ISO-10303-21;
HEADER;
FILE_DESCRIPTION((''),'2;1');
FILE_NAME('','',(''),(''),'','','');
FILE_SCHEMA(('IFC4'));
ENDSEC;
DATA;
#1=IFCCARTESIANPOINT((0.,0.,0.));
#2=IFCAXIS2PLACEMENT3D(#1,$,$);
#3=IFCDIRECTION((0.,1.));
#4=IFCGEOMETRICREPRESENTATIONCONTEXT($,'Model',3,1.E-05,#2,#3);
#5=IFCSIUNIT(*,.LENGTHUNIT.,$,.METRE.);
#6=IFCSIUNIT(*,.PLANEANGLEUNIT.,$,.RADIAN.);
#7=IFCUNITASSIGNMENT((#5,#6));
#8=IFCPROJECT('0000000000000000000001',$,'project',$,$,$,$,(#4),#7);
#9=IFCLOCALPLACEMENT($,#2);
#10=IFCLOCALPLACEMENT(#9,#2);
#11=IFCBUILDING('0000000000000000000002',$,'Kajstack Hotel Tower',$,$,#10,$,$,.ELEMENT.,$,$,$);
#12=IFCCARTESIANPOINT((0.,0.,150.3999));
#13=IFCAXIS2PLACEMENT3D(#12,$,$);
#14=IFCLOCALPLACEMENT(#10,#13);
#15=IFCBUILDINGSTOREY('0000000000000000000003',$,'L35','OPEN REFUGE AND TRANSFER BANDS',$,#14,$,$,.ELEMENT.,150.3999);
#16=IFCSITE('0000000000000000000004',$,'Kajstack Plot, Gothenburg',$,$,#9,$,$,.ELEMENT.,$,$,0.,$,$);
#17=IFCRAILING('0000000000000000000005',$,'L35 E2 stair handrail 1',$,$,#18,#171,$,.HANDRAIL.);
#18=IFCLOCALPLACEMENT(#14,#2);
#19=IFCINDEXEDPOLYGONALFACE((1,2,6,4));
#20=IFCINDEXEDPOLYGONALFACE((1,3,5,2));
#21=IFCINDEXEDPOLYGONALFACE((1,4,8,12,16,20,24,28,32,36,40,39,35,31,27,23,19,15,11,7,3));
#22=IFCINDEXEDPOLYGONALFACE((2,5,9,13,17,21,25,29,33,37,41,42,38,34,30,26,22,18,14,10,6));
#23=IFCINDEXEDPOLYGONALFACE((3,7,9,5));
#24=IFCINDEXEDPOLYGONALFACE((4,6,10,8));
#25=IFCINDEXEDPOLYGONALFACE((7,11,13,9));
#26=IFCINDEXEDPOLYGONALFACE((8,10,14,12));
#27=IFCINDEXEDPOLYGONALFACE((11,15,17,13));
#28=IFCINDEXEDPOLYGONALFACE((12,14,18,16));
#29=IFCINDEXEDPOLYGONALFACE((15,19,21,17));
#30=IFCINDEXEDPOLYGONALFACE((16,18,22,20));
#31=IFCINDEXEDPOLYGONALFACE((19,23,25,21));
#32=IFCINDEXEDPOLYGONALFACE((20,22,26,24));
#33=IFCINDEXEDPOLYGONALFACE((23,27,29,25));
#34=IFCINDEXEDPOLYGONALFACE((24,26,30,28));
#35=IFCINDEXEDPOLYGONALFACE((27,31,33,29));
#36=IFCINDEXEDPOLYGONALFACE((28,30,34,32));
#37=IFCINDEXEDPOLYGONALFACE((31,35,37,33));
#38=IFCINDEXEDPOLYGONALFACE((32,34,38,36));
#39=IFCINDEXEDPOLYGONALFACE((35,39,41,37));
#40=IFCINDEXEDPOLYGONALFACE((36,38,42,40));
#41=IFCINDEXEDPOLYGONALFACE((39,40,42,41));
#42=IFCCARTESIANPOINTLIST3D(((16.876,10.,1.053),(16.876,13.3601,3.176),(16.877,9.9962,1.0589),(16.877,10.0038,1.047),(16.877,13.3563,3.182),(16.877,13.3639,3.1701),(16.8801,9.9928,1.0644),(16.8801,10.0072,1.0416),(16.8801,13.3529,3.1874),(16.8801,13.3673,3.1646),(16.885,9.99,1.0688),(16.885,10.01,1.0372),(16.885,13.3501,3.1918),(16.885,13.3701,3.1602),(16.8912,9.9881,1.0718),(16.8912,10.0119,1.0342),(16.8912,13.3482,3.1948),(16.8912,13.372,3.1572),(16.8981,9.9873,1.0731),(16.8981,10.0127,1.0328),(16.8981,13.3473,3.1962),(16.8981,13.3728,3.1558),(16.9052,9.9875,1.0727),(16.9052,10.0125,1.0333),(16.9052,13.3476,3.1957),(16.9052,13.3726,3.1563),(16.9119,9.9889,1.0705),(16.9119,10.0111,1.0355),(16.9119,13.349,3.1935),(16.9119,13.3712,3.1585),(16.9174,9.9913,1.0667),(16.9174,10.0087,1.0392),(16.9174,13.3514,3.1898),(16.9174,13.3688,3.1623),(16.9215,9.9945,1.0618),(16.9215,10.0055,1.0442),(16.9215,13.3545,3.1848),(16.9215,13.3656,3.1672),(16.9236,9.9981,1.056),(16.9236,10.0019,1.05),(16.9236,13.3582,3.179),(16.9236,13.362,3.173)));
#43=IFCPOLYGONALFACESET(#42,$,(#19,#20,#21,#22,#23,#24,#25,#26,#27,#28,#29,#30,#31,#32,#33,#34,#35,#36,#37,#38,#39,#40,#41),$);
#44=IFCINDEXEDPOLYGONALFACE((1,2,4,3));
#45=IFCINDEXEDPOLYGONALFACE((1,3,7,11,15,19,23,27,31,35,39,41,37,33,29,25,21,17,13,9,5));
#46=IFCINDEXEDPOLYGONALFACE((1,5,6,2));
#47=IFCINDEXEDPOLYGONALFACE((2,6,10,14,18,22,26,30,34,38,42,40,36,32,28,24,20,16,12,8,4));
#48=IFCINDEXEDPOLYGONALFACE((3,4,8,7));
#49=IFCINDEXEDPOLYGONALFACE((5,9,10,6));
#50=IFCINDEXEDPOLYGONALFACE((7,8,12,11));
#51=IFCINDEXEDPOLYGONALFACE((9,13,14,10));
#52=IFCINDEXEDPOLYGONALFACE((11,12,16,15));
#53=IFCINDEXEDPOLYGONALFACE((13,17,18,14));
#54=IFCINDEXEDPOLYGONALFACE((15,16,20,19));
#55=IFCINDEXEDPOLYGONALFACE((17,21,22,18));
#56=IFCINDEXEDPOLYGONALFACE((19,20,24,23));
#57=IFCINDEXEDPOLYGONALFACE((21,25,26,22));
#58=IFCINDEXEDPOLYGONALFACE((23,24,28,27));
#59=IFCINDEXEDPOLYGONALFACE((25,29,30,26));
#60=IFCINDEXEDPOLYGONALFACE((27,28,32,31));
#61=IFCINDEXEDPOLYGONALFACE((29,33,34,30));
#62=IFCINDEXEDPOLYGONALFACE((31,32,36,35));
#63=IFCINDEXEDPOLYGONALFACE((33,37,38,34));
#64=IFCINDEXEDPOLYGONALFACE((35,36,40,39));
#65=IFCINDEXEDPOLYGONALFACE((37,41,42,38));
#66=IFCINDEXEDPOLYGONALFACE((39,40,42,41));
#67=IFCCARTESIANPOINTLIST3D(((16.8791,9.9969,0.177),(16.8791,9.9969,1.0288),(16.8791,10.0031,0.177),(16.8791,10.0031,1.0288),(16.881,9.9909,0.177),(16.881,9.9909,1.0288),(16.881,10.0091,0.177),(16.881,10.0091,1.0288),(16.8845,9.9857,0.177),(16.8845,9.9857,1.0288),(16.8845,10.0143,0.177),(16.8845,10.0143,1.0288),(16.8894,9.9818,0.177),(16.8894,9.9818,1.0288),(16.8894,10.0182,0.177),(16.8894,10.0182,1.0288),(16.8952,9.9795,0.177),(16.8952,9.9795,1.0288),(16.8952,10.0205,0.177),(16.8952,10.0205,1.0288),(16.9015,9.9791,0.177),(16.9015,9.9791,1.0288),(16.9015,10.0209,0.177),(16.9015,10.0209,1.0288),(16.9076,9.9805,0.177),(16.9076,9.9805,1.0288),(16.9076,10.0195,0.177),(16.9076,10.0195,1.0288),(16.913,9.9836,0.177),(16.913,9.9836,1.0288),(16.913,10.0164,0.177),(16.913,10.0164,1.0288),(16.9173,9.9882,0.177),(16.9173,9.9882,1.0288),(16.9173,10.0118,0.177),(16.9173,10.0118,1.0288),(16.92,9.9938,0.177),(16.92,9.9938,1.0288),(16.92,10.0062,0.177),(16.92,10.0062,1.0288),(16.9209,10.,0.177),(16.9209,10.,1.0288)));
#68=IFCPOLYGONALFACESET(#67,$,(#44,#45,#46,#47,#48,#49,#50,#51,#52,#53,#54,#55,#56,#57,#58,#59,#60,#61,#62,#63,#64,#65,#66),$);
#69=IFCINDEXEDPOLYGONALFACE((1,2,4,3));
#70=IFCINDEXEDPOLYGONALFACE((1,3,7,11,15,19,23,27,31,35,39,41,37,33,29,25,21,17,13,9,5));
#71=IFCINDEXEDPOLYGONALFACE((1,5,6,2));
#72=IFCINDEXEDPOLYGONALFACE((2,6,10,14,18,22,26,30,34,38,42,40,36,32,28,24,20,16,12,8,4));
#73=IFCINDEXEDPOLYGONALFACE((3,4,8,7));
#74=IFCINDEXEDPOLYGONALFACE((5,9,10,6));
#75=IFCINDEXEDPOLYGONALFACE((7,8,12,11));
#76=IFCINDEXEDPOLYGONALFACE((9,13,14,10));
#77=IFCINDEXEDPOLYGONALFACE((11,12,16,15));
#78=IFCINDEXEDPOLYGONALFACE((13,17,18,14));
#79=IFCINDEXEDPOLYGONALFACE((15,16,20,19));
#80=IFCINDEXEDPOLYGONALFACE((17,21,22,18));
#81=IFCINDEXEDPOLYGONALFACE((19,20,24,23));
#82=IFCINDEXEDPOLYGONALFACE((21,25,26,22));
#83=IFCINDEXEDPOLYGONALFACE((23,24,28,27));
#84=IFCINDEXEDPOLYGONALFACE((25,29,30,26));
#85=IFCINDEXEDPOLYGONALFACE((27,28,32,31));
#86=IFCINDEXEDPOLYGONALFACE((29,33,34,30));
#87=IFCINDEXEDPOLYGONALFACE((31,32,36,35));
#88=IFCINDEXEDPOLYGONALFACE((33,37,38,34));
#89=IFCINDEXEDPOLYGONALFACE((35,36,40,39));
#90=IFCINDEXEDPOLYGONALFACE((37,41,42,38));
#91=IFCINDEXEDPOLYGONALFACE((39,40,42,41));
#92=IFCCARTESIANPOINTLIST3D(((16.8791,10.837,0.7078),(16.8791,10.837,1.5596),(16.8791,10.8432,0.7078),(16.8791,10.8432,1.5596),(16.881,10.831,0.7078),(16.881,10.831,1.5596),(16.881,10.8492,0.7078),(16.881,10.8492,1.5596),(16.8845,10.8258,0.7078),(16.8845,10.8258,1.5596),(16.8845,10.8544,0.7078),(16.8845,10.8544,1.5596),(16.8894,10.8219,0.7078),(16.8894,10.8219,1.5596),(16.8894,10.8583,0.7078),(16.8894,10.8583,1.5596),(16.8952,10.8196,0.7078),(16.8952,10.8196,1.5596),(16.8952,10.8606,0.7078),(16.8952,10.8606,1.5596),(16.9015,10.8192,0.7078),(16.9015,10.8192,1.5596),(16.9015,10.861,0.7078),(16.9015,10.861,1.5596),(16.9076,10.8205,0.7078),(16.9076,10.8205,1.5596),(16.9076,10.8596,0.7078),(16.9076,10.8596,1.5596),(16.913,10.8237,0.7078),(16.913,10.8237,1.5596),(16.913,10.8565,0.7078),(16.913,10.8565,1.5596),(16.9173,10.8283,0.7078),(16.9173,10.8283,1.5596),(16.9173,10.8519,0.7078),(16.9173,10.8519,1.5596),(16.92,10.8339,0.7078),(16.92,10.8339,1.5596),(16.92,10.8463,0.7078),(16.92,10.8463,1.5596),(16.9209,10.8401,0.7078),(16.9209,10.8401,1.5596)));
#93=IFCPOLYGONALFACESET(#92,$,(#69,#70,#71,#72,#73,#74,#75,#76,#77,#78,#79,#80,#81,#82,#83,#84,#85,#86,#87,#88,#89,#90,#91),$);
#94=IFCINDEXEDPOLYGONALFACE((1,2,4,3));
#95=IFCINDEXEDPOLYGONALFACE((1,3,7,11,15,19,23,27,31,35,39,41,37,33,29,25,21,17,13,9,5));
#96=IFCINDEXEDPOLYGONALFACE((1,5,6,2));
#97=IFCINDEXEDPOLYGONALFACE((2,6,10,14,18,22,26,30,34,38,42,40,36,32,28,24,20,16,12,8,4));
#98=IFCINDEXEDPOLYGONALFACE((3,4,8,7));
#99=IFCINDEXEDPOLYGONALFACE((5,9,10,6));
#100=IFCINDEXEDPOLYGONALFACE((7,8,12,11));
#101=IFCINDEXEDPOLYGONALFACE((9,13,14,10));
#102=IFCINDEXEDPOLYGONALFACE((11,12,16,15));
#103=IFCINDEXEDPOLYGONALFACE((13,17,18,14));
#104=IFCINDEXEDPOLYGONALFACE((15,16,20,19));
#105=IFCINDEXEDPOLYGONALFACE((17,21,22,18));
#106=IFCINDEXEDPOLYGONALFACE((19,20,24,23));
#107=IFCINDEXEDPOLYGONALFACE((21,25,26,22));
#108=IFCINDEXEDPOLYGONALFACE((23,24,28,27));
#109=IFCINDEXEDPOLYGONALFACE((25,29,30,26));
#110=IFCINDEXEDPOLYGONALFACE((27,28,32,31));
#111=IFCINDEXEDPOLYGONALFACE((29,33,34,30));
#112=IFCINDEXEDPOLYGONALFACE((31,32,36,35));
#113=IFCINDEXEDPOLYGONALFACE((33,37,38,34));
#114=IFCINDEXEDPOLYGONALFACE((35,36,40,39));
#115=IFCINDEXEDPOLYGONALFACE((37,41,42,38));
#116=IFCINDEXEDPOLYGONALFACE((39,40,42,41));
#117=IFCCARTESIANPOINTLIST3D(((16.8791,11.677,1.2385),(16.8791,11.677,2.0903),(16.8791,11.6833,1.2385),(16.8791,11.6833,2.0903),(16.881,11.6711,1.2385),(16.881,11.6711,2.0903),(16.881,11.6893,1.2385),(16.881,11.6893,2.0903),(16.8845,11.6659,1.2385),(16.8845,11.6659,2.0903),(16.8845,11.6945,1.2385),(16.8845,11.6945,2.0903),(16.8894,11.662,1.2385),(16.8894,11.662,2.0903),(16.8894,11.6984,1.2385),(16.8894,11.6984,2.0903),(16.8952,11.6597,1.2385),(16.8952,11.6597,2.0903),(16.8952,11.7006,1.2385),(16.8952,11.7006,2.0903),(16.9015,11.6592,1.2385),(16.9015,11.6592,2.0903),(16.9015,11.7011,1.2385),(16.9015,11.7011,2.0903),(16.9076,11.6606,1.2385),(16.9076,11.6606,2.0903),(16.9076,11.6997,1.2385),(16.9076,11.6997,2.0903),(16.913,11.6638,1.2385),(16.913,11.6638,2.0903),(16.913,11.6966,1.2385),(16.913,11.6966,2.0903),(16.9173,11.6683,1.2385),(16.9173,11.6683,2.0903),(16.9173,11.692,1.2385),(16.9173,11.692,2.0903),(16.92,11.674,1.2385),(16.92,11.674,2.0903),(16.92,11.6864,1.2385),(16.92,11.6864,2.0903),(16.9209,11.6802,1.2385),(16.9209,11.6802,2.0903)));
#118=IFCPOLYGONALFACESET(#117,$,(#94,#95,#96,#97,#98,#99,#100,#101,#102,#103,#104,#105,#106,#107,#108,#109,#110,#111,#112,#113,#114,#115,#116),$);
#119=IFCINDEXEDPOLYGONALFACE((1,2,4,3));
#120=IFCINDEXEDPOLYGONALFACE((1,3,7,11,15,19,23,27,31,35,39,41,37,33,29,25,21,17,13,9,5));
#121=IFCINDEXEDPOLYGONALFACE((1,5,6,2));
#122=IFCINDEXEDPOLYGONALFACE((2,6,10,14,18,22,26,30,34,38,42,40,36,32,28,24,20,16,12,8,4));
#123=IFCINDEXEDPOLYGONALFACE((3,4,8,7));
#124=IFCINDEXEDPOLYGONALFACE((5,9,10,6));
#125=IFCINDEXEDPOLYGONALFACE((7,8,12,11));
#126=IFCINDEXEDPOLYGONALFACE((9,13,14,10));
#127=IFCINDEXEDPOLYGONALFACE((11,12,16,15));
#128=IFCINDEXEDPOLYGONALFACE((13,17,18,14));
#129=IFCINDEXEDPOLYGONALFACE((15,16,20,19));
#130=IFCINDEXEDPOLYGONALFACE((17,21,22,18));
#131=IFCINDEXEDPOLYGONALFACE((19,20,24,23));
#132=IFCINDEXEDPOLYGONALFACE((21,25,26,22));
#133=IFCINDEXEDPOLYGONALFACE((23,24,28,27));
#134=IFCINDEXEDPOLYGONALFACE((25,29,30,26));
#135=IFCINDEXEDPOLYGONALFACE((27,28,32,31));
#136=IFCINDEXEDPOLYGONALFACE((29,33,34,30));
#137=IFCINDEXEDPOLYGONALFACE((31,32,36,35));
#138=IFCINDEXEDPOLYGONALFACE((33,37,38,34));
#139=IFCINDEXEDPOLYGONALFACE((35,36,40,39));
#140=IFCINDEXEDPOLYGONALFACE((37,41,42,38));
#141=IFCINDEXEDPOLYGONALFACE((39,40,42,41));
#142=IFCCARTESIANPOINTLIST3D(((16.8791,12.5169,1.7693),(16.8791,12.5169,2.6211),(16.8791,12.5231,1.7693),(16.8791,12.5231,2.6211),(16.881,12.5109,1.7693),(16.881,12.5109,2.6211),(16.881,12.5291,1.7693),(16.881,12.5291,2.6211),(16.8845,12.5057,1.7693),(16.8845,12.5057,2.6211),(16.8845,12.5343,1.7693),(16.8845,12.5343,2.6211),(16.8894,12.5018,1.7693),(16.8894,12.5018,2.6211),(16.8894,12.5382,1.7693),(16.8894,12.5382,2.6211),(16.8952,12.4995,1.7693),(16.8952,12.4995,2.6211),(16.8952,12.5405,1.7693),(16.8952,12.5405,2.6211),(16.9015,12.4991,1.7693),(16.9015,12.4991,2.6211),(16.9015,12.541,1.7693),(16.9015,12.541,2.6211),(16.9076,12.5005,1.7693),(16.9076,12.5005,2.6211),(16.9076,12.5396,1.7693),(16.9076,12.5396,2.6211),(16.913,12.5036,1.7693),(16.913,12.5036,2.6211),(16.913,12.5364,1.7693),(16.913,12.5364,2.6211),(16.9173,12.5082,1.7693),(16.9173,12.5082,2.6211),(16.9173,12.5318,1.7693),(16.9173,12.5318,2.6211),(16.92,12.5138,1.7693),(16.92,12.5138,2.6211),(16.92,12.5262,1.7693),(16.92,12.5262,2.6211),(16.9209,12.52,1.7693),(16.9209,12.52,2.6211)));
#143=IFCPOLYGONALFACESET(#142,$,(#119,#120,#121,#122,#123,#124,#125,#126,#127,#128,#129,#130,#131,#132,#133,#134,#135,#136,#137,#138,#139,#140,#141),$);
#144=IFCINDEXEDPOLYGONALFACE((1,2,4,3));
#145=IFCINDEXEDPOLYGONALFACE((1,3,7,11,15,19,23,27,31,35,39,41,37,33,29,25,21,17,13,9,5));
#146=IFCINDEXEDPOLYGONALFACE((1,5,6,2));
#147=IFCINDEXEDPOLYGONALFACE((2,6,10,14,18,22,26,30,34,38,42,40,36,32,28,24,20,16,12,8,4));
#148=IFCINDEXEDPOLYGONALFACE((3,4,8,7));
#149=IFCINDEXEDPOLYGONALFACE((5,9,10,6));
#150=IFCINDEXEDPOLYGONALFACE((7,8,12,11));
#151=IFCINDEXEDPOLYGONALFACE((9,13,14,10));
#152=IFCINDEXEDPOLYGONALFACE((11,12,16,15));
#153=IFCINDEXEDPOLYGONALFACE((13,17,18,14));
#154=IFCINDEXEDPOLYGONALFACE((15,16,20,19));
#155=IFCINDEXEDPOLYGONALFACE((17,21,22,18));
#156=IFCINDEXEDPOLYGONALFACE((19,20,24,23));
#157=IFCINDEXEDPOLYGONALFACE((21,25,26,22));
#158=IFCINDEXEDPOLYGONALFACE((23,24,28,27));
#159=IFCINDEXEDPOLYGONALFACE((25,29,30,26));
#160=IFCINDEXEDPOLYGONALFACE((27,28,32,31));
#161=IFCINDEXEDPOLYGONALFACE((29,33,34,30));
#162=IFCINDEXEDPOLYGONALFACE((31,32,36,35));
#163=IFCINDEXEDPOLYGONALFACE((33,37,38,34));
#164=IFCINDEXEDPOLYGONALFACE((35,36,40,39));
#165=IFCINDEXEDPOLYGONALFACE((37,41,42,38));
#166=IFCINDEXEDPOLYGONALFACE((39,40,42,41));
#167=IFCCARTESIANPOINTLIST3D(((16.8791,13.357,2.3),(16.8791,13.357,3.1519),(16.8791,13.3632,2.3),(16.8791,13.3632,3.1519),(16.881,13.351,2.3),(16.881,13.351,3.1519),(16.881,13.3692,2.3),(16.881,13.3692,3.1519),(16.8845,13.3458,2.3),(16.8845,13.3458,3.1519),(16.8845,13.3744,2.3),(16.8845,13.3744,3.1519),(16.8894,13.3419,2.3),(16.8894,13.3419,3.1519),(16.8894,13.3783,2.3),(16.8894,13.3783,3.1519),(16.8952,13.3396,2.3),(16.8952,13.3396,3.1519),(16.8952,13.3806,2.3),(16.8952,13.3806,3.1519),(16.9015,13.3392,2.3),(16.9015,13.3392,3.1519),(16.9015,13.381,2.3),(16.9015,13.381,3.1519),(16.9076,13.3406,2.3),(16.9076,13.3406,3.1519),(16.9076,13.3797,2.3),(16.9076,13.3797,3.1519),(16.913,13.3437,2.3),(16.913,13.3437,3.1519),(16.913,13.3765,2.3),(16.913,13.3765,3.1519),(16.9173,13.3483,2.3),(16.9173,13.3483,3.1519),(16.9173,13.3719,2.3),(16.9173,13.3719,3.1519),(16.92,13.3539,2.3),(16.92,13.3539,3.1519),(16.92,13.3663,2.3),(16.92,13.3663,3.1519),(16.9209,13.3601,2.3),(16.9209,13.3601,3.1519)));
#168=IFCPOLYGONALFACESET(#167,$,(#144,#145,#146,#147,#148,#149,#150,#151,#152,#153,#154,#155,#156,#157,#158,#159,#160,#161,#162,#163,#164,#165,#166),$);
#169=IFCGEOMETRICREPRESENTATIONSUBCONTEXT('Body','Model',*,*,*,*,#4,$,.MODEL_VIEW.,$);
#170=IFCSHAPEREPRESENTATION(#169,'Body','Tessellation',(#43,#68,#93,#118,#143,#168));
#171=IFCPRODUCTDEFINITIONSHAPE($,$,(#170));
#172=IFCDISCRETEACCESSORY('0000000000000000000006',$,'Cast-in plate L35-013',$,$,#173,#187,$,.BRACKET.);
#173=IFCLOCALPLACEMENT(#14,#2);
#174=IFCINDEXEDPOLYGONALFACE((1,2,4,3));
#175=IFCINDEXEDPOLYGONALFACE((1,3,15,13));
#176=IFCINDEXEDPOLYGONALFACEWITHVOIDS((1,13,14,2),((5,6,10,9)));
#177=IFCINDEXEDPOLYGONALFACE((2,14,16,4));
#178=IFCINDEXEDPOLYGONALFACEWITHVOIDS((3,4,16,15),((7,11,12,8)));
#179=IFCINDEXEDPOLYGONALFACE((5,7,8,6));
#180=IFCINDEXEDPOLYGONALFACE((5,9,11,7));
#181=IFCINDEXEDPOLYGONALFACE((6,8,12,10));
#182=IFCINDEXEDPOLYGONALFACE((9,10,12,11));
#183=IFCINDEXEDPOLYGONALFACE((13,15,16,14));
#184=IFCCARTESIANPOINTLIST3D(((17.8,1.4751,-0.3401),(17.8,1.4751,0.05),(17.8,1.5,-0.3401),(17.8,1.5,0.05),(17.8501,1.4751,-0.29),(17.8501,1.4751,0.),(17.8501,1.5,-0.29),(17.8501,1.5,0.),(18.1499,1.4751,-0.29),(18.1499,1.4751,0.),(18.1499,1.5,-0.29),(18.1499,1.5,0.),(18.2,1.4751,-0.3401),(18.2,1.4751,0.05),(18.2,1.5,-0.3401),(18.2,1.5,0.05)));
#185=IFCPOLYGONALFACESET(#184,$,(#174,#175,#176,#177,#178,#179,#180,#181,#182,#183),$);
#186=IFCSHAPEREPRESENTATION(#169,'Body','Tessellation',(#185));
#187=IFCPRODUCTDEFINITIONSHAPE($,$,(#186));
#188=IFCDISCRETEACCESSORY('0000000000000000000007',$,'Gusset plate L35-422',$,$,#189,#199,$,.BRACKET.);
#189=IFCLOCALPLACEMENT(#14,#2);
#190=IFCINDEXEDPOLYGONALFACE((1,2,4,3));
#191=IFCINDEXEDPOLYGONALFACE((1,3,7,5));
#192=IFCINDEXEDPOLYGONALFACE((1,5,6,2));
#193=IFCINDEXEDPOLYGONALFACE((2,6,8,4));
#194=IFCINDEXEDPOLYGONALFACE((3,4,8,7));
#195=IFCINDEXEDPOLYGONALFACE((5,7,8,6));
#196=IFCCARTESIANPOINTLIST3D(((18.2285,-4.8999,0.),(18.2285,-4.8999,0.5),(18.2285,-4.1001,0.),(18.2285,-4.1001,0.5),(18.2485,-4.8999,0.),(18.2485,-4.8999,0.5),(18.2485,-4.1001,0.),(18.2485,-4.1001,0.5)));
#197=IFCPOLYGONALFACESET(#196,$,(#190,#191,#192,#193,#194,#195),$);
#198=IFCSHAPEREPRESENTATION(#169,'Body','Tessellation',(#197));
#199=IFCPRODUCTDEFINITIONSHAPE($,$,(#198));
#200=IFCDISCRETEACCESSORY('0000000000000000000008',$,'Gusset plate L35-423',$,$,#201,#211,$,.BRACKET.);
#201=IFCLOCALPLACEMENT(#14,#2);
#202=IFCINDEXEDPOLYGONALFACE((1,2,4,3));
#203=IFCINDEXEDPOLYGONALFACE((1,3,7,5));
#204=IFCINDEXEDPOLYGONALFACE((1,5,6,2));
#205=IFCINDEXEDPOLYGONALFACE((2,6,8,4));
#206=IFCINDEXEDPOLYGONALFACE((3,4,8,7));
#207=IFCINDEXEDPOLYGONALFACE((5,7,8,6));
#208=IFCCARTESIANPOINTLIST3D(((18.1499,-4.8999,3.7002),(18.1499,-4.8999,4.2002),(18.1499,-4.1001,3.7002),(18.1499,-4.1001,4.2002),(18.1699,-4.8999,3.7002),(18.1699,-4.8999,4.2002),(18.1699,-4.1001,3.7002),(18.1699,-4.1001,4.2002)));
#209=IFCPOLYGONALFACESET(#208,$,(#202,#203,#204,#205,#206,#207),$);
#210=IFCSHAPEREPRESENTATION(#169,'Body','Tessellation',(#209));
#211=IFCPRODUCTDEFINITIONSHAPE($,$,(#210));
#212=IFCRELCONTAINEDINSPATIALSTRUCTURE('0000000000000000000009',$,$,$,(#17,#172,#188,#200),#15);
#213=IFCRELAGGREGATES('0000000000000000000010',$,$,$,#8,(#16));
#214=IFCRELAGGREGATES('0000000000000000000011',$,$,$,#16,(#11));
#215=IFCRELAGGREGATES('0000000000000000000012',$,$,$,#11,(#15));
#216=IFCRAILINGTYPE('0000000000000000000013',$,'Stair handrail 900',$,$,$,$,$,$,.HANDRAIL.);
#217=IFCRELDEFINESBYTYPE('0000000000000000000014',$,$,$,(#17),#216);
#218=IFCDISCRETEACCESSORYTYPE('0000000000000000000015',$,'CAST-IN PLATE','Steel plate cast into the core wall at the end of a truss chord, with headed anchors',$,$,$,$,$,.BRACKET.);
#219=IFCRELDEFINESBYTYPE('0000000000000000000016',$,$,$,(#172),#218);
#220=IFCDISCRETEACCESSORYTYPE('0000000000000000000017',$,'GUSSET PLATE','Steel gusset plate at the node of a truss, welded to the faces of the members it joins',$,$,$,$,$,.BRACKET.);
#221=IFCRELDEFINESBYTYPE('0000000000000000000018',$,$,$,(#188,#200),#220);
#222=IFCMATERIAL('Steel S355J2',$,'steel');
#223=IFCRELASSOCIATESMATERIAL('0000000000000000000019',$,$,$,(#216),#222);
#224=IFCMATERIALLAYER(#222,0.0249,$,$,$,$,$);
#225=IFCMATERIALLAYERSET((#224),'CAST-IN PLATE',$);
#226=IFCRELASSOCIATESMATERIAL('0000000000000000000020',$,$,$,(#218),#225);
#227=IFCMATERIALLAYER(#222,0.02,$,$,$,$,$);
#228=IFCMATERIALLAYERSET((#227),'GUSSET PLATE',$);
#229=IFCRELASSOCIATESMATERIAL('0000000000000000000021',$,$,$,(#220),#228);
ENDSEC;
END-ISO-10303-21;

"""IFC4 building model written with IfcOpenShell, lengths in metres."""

from ifc_helpers import new_model, si_unit, direction, frame, origin, origin_2d, place, context, subcontext, project, spatial, polyline, circle, outline, extrude, material, layer, layer_set, type_object, element, save


model = new_model("IFC4")

# Units and contexts
model_context = context("Model", 3, precision=1e-05, world=origin(), true_north=direction((0.0, 1.0)))
body_context = subcontext(model_context, "Body", "Model", "MODEL_VIEW")
ifc_project = project(units=[si_unit("LENGTHUNIT", "METRE"), si_unit("PLANEANGLEUNIT", "RADIAN")], contexts=[model_context])

# Site, building, storey
site_placement = place(None, origin())
site = spatial("IfcSite", under=ifc_project, at=site_placement, Name="Kajstack Plot, Gothenburg", CompositionType="ELEMENT", RefElevation=0.0)
building_placement = place(site_placement, origin())
building = spatial("IfcBuilding", under=site, at=building_placement, Name="Kajstack Hotel Tower", CompositionType="ELEMENT")
storey_placement = place(building_placement, frame((0.0, 0.0, 150.3999)))
storey = spatial("IfcBuildingStorey", under=building, at=storey_placement, Name="L35", Description="OPEN REFUGE AND TRANSFER BANDS", CompositionType="ELEMENT", Elevation=150.3999)

# Shared definitions
ifc_material_1 = material(Name="Steel S355J2", Category="steel")

# Railing
railing_type_1 = type_object("IfcRailingType", Name="Stair handrail 900", PredefinedType="HANDRAIL", material=ifc_material_1)
railing_1_placement = place(storey_placement, frame((16.8999, 10.0, 0.177)))
element("IfcRailing", 1, at=railing_1_placement, inside=storey, type_object=railing_type_1, Name="L35 E2 stair handrail 1", PredefinedType="HANDRAIL", context=body_context, shape_type="SweptSolid", body=[
    extrude(circle(Radius=0.0239, at=origin_2d()), frame((0.0, 0.0, 0.876), z_axis=(0.0, 0.84539, 0.53415), x_axis=(-1.0, 0.0, 0.0)), (0.0, 0.0, 1.0), 3.9746),
    extrude(circle(Radius=0.021, at=origin_2d()), origin(), (0.0, 0.0, 1.0), 0.8518),
    extrude(circle(Radius=0.021, at=origin_2d()), frame((0.0, 0.8401, 0.5308)), (0.0, 0.0, 1.0), 0.8518),
    extrude(circle(Radius=0.021, at=origin_2d()), frame((0.0, 1.6802, 1.0615)), (0.0, 0.0, 1.0), 0.8518),
    extrude(circle(Radius=0.021, at=origin_2d()), frame((0.0, 2.52, 1.5923)), (0.0, 0.0, 1.0), 0.8518),
    extrude(circle(Radius=0.021, at=origin_2d()), frame((0.0, 3.3601, 2.123)), (0.0, 0.0, 1.0), 0.8518),
])

# Discrete accessories
ifc_layer_1 = layer(ifc_material_1, 0.0249)
ifc_layer_set_1 = layer_set([ifc_layer_1], Name="CAST-IN PLATE")
discrete_accessory_type_1 = type_object("IfcDiscreteAccessoryType", Name="CAST-IN PLATE", Description="Steel plate cast into the core wall at the end of a truss chord, with headed anchors", PredefinedType="BRACKET", material=ifc_layer_set_1)
discrete_accessory_1_placement = place(storey_placement, frame((18.0, 1.4751, -0.145), z_axis=(0.0, 1.0, 0.0), x_axis=(-1.0, 0.0, 0.0)))
element("IfcDiscreteAccessory", 2, at=discrete_accessory_1_placement, inside=storey, type_object=discrete_accessory_type_1, Name="Cast-in plate L35-013", PredefinedType="BRACKET", context=body_context, shape_type="SweptSolid", body=[
    extrude(outline(polyline([(-0.2, -0.1951), (0.2, -0.1951), (0.2, 0.1951), (-0.2, 0.1951), (-0.2, -0.1951)]), holes=[polyline([(-0.1499, -0.145), (-0.1499, 0.145), (0.1499, 0.145), (0.1499, -0.145), (-0.1499, -0.145)])]), origin(), (0.0, 0.0, 1.0), 0.0249),
])
ifc_layer_2 = layer(ifc_material_1, 0.02)
ifc_layer_set_2 = layer_set([ifc_layer_2], Name="GUSSET PLATE")
discrete_accessory_type_2 = type_object("IfcDiscreteAccessoryType", Name="GUSSET PLATE", Description="Steel gusset plate at the node of a truss, welded to the faces of the members it joins", PredefinedType="BRACKET", material=ifc_layer_set_2)
for number, where, z_axis, x_axis, name in (
    (3, (18.2285, -4.5, 0.0), (1.0, 0.0, 0.0), (0.0, 1.0, 0.0), "Gusset plate L35-422"),
    (4, (18.1499, -4.5, 3.7002), (1.0, 0.0, 0.0), (0.0, 1.0, 0.0), "Gusset plate L35-423"),
):
    element("IfcDiscreteAccessory", number, at=place(storey_placement, frame(where, z_axis=z_axis, x_axis=x_axis)), inside=storey, type_object=discrete_accessory_type_2, Name=name, PredefinedType="BRACKET", context=body_context, shape_type="SweptSolid", body=[
        extrude(outline(polyline([(-0.3999, 0.0), (0.3999, 0.0), (0.3999, 0.5), (-0.3999, 0.5), (-0.3999, 0.0)])), origin(), (0.0, 0.0, 1.0), 0.02),
    ])

save(model, "model.ifc")
